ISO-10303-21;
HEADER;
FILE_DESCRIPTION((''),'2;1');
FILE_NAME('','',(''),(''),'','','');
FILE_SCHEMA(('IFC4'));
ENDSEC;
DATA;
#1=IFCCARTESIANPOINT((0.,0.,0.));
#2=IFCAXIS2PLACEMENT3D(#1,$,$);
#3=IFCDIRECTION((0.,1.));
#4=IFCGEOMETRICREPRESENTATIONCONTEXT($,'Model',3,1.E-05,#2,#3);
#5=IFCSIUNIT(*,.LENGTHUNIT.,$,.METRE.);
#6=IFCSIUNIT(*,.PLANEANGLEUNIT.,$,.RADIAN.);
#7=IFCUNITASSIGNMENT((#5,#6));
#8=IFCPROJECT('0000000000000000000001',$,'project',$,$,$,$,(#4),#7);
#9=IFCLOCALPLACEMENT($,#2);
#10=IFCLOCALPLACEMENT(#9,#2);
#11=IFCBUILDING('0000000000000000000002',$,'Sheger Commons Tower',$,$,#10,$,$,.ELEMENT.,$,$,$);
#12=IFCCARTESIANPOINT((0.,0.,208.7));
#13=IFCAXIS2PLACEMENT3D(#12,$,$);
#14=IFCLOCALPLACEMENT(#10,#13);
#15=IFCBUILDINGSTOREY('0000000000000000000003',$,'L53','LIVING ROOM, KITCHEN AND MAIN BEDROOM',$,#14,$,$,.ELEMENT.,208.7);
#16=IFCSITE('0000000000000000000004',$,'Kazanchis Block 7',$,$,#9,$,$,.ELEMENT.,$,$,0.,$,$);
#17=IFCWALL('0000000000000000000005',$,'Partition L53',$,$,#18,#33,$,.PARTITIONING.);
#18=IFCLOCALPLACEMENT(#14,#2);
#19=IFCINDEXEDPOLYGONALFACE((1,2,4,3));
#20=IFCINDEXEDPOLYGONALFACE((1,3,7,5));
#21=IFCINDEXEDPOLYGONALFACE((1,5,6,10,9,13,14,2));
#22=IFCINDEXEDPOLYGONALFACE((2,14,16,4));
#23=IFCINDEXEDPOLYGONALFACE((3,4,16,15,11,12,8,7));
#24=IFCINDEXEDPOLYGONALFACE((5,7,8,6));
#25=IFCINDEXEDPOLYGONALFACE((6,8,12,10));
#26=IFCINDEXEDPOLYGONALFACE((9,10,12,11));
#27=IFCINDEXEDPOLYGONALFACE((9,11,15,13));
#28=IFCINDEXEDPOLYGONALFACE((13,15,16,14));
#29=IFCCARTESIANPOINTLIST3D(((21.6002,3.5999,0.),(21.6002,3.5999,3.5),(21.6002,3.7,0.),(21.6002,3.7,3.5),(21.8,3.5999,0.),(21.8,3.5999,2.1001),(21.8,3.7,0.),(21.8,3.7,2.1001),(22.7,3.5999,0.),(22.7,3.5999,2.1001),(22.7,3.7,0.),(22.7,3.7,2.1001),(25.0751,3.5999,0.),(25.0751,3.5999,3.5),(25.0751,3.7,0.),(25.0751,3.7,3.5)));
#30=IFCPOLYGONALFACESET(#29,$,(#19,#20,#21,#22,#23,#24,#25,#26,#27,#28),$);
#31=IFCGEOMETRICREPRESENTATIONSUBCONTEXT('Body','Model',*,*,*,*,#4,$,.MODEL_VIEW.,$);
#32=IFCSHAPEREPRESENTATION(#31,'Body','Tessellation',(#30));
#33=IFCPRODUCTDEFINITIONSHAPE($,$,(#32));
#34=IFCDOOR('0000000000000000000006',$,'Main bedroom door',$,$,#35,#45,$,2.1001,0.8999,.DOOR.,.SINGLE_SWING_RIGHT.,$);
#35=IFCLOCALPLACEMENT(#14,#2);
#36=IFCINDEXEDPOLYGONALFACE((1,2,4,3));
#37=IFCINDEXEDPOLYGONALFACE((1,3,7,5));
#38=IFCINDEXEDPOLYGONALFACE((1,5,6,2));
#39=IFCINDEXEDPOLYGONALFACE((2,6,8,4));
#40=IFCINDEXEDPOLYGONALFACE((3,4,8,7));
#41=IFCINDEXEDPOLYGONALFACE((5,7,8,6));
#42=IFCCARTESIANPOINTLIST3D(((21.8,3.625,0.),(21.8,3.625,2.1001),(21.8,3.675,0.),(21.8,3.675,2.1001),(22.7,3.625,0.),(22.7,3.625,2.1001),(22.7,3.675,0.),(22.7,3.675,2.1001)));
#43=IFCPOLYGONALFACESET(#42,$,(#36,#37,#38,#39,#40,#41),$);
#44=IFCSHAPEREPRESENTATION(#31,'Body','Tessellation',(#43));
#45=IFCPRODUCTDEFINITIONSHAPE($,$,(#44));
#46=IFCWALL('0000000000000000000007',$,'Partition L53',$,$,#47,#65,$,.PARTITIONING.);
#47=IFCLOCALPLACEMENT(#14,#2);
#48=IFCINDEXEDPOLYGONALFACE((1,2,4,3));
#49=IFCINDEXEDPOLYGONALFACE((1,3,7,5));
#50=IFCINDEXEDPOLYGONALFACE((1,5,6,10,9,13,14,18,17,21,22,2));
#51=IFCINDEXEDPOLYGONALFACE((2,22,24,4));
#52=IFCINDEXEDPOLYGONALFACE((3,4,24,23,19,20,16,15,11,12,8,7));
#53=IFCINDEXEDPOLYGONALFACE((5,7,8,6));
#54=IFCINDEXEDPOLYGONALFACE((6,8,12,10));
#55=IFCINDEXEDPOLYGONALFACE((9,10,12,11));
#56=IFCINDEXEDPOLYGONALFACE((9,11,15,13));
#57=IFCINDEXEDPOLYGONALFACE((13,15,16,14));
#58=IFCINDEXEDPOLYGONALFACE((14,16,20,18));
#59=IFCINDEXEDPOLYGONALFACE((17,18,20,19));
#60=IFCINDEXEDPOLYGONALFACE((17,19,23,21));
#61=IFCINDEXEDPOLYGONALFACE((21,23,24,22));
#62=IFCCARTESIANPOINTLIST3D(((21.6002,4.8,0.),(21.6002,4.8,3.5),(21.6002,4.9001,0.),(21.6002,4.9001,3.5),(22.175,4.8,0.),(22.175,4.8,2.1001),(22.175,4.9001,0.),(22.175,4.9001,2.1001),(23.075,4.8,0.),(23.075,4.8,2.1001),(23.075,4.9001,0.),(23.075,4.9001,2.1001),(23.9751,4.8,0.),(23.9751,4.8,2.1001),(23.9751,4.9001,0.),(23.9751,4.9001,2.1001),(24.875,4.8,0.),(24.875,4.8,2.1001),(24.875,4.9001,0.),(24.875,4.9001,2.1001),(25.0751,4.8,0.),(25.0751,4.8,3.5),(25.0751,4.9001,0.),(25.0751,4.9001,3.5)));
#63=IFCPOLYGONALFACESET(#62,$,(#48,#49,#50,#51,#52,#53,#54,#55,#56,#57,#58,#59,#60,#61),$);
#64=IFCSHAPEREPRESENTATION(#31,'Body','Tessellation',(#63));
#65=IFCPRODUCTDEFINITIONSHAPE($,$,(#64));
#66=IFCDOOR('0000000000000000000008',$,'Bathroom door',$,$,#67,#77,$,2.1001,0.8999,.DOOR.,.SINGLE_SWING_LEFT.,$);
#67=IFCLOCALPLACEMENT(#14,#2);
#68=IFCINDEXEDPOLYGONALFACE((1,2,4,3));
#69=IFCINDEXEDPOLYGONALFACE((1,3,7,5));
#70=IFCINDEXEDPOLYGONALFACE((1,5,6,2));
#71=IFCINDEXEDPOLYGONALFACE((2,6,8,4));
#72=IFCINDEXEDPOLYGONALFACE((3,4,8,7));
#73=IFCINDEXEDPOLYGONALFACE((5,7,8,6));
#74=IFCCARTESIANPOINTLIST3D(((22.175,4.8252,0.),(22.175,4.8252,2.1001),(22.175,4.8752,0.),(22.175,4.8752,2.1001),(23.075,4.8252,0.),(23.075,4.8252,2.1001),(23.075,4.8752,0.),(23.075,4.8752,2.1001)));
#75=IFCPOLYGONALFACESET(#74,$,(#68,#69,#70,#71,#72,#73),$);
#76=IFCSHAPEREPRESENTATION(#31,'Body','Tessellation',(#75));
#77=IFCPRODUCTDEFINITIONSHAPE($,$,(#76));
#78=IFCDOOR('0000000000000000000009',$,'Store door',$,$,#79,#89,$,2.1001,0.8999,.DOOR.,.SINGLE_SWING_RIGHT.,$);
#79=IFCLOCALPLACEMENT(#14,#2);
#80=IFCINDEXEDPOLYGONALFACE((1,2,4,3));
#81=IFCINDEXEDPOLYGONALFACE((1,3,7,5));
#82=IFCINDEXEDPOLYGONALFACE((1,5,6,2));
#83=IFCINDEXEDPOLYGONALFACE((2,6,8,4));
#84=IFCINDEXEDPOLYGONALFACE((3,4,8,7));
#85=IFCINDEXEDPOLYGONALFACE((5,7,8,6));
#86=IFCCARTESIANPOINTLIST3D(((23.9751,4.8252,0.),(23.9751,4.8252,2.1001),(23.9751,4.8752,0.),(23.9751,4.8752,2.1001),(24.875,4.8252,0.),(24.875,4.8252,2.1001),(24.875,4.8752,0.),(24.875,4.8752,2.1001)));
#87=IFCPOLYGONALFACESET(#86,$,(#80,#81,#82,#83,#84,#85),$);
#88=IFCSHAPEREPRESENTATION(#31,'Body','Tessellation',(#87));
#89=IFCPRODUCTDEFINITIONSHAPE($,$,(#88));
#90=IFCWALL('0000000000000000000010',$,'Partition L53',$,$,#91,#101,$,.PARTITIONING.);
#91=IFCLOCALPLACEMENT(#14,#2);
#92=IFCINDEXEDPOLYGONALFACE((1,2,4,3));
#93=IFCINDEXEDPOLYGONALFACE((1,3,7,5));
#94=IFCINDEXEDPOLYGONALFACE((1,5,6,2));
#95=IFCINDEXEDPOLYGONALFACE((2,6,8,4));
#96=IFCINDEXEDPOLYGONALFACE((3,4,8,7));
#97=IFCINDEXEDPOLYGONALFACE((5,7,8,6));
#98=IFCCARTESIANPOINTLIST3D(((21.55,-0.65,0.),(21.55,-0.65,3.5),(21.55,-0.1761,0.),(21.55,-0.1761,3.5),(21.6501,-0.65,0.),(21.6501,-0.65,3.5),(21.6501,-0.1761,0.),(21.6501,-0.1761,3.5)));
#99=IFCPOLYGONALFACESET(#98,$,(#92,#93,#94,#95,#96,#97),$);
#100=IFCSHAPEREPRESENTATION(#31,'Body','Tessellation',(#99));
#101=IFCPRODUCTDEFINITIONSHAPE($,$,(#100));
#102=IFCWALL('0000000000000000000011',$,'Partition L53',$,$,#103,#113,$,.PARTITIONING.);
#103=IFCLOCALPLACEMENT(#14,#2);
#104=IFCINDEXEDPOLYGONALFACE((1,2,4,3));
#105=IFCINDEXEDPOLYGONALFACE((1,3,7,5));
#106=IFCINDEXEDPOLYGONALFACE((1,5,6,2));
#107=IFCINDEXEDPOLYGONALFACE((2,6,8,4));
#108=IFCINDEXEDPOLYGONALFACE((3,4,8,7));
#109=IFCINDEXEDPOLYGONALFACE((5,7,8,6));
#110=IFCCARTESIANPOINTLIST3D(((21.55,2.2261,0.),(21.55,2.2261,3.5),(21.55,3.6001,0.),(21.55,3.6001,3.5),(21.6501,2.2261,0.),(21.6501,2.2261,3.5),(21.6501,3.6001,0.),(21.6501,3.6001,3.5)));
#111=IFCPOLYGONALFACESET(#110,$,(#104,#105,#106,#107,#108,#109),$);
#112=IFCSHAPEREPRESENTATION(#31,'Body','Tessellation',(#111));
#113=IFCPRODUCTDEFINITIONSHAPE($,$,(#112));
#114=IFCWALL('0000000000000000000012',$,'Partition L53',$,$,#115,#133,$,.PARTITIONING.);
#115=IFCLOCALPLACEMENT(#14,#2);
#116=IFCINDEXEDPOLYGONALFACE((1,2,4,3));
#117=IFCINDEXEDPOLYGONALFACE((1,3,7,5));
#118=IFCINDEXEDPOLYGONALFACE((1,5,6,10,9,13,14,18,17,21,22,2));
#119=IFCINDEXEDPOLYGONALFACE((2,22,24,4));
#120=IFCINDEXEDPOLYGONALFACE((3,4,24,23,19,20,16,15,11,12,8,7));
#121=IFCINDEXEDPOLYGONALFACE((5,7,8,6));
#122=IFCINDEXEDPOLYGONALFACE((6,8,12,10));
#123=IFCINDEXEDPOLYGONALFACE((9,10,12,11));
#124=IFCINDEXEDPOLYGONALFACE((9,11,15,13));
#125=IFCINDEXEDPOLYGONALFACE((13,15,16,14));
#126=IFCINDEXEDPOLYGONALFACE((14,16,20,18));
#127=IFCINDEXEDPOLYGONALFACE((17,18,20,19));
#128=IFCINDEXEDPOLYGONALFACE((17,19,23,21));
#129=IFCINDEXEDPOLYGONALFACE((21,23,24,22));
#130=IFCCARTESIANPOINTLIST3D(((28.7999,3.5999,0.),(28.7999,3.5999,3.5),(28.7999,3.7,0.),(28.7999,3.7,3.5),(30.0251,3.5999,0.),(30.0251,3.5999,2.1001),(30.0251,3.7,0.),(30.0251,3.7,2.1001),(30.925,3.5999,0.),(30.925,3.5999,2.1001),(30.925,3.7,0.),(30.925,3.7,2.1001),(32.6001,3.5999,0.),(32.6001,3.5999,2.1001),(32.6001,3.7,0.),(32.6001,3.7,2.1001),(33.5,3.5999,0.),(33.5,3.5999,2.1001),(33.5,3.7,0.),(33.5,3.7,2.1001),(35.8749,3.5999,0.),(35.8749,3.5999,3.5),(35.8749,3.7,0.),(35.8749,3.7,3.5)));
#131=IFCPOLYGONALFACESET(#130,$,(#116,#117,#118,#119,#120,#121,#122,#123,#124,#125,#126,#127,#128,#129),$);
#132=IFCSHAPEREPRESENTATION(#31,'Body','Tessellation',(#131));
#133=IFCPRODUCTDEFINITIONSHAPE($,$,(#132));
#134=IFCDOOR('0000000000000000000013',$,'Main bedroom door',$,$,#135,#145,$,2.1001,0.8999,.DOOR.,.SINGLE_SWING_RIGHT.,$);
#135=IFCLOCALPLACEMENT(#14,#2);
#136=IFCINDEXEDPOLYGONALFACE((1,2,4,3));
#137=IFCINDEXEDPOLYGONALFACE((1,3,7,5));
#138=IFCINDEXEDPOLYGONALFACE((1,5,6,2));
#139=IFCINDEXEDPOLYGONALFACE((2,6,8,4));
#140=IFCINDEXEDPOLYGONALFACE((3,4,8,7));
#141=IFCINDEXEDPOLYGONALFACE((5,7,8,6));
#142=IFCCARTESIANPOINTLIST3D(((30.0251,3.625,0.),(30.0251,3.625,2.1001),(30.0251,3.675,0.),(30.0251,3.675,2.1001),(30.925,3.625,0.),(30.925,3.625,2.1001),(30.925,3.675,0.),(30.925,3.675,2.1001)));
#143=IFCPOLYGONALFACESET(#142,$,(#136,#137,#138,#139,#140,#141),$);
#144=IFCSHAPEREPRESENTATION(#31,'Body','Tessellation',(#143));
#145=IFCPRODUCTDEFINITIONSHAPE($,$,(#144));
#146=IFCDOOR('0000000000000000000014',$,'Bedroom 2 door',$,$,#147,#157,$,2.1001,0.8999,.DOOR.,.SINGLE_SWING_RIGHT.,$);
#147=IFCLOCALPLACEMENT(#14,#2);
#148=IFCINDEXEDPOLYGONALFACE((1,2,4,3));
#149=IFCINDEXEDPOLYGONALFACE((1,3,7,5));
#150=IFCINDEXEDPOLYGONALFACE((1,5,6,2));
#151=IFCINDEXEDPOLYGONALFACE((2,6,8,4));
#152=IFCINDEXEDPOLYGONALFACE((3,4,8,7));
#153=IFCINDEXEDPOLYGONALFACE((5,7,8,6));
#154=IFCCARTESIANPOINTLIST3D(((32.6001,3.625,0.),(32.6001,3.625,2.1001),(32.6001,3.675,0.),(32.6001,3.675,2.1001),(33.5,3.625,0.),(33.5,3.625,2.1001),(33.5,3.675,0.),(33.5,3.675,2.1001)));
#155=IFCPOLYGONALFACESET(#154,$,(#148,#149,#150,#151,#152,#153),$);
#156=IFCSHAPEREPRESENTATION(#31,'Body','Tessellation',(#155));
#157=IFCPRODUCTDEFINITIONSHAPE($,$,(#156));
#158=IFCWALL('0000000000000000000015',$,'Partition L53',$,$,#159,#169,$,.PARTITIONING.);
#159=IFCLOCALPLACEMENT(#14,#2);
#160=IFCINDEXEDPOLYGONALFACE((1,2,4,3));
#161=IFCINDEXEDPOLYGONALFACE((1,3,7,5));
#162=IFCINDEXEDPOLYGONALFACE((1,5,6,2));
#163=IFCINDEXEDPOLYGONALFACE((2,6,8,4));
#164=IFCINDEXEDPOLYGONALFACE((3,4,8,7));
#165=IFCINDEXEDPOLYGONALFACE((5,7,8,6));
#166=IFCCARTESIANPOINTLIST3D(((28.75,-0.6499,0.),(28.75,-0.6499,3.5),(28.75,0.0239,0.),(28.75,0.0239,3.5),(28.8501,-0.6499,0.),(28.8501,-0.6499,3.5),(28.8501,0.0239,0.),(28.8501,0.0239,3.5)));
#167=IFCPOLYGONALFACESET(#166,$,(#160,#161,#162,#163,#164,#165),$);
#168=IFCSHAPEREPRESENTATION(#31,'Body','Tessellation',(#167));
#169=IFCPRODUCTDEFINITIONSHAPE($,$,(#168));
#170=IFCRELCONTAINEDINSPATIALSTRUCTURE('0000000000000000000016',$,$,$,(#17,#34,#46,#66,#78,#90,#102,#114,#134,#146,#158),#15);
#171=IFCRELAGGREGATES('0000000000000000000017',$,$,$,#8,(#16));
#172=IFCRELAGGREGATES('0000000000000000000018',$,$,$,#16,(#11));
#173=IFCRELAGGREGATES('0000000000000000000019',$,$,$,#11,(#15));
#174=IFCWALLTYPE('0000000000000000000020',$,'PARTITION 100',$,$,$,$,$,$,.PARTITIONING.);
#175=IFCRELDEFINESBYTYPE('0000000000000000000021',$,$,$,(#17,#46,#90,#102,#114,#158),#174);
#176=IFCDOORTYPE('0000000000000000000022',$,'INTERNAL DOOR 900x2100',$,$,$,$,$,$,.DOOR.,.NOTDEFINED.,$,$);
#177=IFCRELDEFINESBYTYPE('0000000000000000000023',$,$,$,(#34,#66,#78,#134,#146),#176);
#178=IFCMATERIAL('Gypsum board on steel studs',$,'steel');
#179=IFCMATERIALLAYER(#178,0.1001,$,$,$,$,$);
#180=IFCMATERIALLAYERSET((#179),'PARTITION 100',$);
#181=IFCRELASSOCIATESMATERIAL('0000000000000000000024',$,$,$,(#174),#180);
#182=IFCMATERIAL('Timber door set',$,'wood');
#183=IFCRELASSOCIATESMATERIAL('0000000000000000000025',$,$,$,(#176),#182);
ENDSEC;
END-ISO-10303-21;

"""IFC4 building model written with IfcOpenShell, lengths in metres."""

from ifc_helpers import new_model, si_unit, direction, frame, frame_2d, origin, place, context, subcontext, project, spatial, rectangle, extrude, material, layer, layer_set, type_object, element, fill, save


model = new_model("IFC4")

# Units and contexts
model_context = context("Model", 3, precision=1e-05, world=origin(), true_north=direction((0.0, 1.0)))
body_context = subcontext(model_context, "Body", "Model", "MODEL_VIEW")
ifc_project = project(units=[si_unit("LENGTHUNIT", "METRE"), si_unit("PLANEANGLEUNIT", "RADIAN")], contexts=[model_context])

# Site, building, storey
site_placement = place(None, origin())
site = spatial("IfcSite", under=ifc_project, at=site_placement, Name="Kazanchis Block 7", CompositionType="ELEMENT", RefElevation=0.0)
building_placement = place(site_placement, origin())
building = spatial("IfcBuilding", under=site, at=building_placement, Name="Sheger Commons Tower", CompositionType="ELEMENT")
storey_placement = place(building_placement, frame((0.0, 0.0, 208.7)))
storey = spatial("IfcBuildingStorey", under=building, at=storey_placement, Name="L53", Description="LIVING ROOM, KITCHEN AND MAIN BEDROOM", CompositionType="ELEMENT", Elevation=208.7)

# Wall, opening, door
ifc_material_1 = material(Name="Gypsum board on steel studs", Category="steel")
ifc_layer_1 = layer(ifc_material_1, 0.1001)
ifc_layer_set_1 = layer_set([ifc_layer_1], Name="PARTITION 100")
wall_type_1 = type_object("IfcWallType", Name="PARTITION 100", PredefinedType="PARTITIONING", material=ifc_layer_set_1)
wall_1_placement = place(storey_placement, frame((25.075, 3.6499, 0.0), z_axis=(0.0, 0.0, 1.0), x_axis=(-1.0, 0.0, 0.0)))
wall_1 = element("IfcWall", 1, at=wall_1_placement, inside=storey, type_object=wall_type_1, Name="Partition L53", PredefinedType="PARTITIONING", context=body_context, shape_type="SweptSolid", body=[
    extrude(rectangle(XDim=3.4749, YDim=0.1001, at=frame_2d((1.7373, 0.0))), origin(), (0.0, 0.0, 1.0), 3.5),
])
opening_1_placement = place(wall_1_placement, frame((2.375, 0.0, 0.0)))
opening_1 = element("IfcOpeningElement", 2, at=opening_1_placement, cuts=wall_1, PredefinedType="OPENING", context=body_context, shape_type="SweptSolid", body=[
    extrude(rectangle(XDim=0.8999, YDim=2.1001, at=frame_2d((0.45, 1.05))), frame((0.0, 0.0601, 0.0), z_axis=(0.0, -1.0, 0.0), x_axis=(1.0, 0.0, 0.0)), (0.0, 0.0, 1.0), 0.1201),
])
ifc_material_2 = material(Name="Timber door set", Category="wood")
door_type = type_object("IfcDoorType", Name="INTERNAL DOOR 900x2100", OperationType="NOTDEFINED", PredefinedType="DOOR", material=ifc_material_2)
door_1_placement = place(opening_1_placement, origin())
door_1 = element("IfcDoor", 3, at=door_1_placement, inside=storey, type_object=door_type, Name="Main bedroom door", OperationType="SINGLE_SWING_RIGHT", OverallHeight=2.1001, OverallWidth=0.8999, PredefinedType="DOOR", context=body_context, shape_type="SweptSolid", body=[
    extrude(rectangle(XDim=0.8999, YDim=2.1001, at=frame_2d((0.45, 1.05))), frame((0.0, 0.0249, 0.0), z_axis=(0.0, -1.0, 0.0), x_axis=(1.0, 0.0, 0.0)), (0.0, 0.0, 1.0), 0.05),
])
fill(opening_1, door_1)

# Wall, openings, doors
wall_2_placement = place(storey_placement, frame((25.075, 4.8501, 0.0), z_axis=(0.0, 0.0, 1.0), x_axis=(-1.0, 0.0, 0.0)))
wall_2 = element("IfcWall", 4, at=wall_2_placement, inside=storey, type_object=wall_type_1, Name="Partition L53", PredefinedType="PARTITIONING", context=body_context, shape_type="SweptSolid", body=[
    extrude(rectangle(XDim=3.4749, YDim=0.1001, at=frame_2d((1.7373, 0.0))), origin(), (0.0, 0.0, 1.0), 3.5),
])
opening_2_placement = place(wall_2_placement, frame((2.0, 0.0, 0.0)))
opening_2 = element("IfcOpeningElement", 5, at=opening_2_placement, cuts=wall_2, PredefinedType="OPENING", context=body_context, shape_type="SweptSolid", body=[
    extrude(rectangle(XDim=0.8999, YDim=2.1001, at=frame_2d((0.45, 1.05))), frame((0.0, 0.0601, 0.0), z_axis=(0.0, -1.0, 0.0), x_axis=(1.0, 0.0, 0.0)), (0.0, 0.0, 1.0), 0.1201),
])
opening_3_placement = place(wall_2_placement, frame((0.2, 0.0, 0.0)))
opening_3 = element("IfcOpeningElement", 6, at=opening_3_placement, cuts=wall_2, PredefinedType="OPENING", context=body_context, shape_type="SweptSolid", body=[
    extrude(rectangle(XDim=0.8999, YDim=2.1001, at=frame_2d((0.45, 1.05))), frame((0.0, 0.0601, 0.0), z_axis=(0.0, -1.0, 0.0), x_axis=(1.0, 0.0, 0.0)), (0.0, 0.0, 1.0), 0.1201),
])
door_2_placement = place(opening_2_placement, origin())
door_2 = element("IfcDoor", 7, at=door_2_placement, inside=storey, type_object=door_type, Name="Bathroom door", OperationType="SINGLE_SWING_LEFT", OverallHeight=2.1001, OverallWidth=0.8999, PredefinedType="DOOR", context=body_context, shape_type="SweptSolid", body=[
    extrude(rectangle(XDim=0.8999, YDim=2.1001, at=frame_2d((0.45, 1.05))), frame((0.0, 0.0249, 0.0), z_axis=(0.0, -1.0, 0.0), x_axis=(1.0, 0.0, 0.0)), (0.0, 0.0, 1.0), 0.05),
])
fill(opening_2, door_2)
door_3_placement = place(opening_3_placement, origin())
door_3 = element("IfcDoor", 8, at=door_3_placement, inside=storey, type_object=door_type, Name="Store door", OperationType="SINGLE_SWING_RIGHT", OverallHeight=2.1001, OverallWidth=0.8999, PredefinedType="DOOR", context=body_context, shape_type="SweptSolid", body=[
    extrude(rectangle(XDim=0.8999, YDim=2.1001, at=frame_2d((0.45, 1.05))), frame((0.0, 0.0249, 0.0), z_axis=(0.0, -1.0, 0.0), x_axis=(1.0, 0.0, 0.0)), (0.0, 0.0, 1.0), 0.05),
])
fill(opening_3, door_3)

# Walls
wall_3_placement = place(storey_placement, frame((21.6001, -0.6499, 0.0), z_axis=(0.0, 0.0, 1.0), x_axis=(0.0, 1.0, 0.0)))
element("IfcWall", 9, at=wall_3_placement, inside=storey, type_object=wall_type_1, Name="Partition L53", PredefinedType="PARTITIONING", context=body_context, shape_type="SweptSolid", body=[
    extrude(rectangle(XDim=0.4739, YDim=0.1001, at=frame_2d((0.2368, 0.0))), origin(), (0.0, 0.0, 1.0), 3.5),
])
wall_4_placement = place(storey_placement, frame((21.6001, 2.2261, 0.0), z_axis=(0.0, 0.0, 1.0), x_axis=(0.0, 1.0, 0.0)))
element("IfcWall", 10, at=wall_4_placement, inside=storey, type_object=wall_type_1, Name="Partition L53", PredefinedType="PARTITIONING", context=body_context, shape_type="SweptSolid", body=[
    extrude(rectangle(XDim=1.374, YDim=0.1001, at=frame_2d((0.687, 0.0))), origin(), (0.0, 0.0, 1.0), 3.5),
])

# Wall, openings, doors
wall_5_placement = place(storey_placement, frame((35.875, 3.6499, 0.0), z_axis=(0.0, 0.0, 1.0), x_axis=(-1.0, 0.0, 0.0)))
wall_5 = element("IfcWall", 11, at=wall_5_placement, inside=storey, type_object=wall_type_1, Name="Partition L53", PredefinedType="PARTITIONING", context=body_context, shape_type="SweptSolid", body=[
    extrude(rectangle(XDim=7.075, YDim=0.1001, at=frame_2d((3.5376, 0.0))), origin(), (0.0, 0.0, 1.0), 3.5),
])
opening_4_placement = place(wall_5_placement, frame((4.95, 0.0, 0.0)))
opening_4 = element("IfcOpeningElement", 12, at=opening_4_placement, cuts=wall_5, PredefinedType="OPENING", context=body_context, shape_type="SweptSolid", body=[
    extrude(rectangle(XDim=0.8999, YDim=2.1001, at=frame_2d((0.45, 1.05))), frame((0.0, 0.0601, 0.0), z_axis=(0.0, -1.0, 0.0), x_axis=(1.0, 0.0, 0.0)), (0.0, 0.0, 1.0), 0.1201),
])
opening_5_placement = place(wall_5_placement, frame((2.375, 0.0, 0.0)))
opening_5 = element("IfcOpeningElement", 13, at=opening_5_placement, cuts=wall_5, PredefinedType="OPENING", context=body_context, shape_type="SweptSolid", body=[
    extrude(rectangle(XDim=0.8999, YDim=2.1001, at=frame_2d((0.45, 1.05))), frame((0.0, 0.0601, 0.0), z_axis=(0.0, -1.0, 0.0), x_axis=(1.0, 0.0, 0.0)), (0.0, 0.0, 1.0), 0.1201),
])
door_4_placement = place(opening_4_placement, origin())
door_4 = element("IfcDoor", 14, at=door_4_placement, inside=storey, type_object=door_type, Name="Main bedroom door", OperationType="SINGLE_SWING_RIGHT", OverallHeight=2.1001, OverallWidth=0.8999, PredefinedType="DOOR", context=body_context, shape_type="SweptSolid", body=[
    extrude(rectangle(XDim=0.8999, YDim=2.1001, at=frame_2d((0.45, 1.05))), frame((0.0, 0.0249, 0.0), z_axis=(0.0, -1.0, 0.0), x_axis=(1.0, 0.0, 0.0)), (0.0, 0.0, 1.0), 0.05),
])
fill(opening_4, door_4)
door_5_placement = place(opening_5_placement, origin())
door_5 = element("IfcDoor", 15, at=door_5_placement, inside=storey, type_object=door_type, Name="Bedroom 2 door", OperationType="SINGLE_SWING_RIGHT", OverallHeight=2.1001, OverallWidth=0.8999, PredefinedType="DOOR", context=body_context, shape_type="SweptSolid", body=[
    extrude(rectangle(XDim=0.8999, YDim=2.1001, at=frame_2d((0.45, 1.05))), frame((0.0, 0.0249, 0.0), z_axis=(0.0, -1.0, 0.0), x_axis=(1.0, 0.0, 0.0)), (0.0, 0.0, 1.0), 0.05),
])
fill(opening_5, door_5)

# Wall
wall_6_placement = place(storey_placement, frame((28.8, -0.6499, 0.0), z_axis=(0.0, 0.0, 1.0), x_axis=(0.0, 1.0, 0.0)))
element("IfcWall", 16, at=wall_6_placement, inside=storey, type_object=wall_type_1, Name="Partition L53", PredefinedType="PARTITIONING", context=body_context, shape_type="SweptSolid", body=[
    extrude(rectangle(XDim=0.6738, YDim=0.1001, at=frame_2d((0.3369, 0.0))), origin(), (0.0, 0.0, 1.0), 3.5),
])

save(model, "model.ifc")
